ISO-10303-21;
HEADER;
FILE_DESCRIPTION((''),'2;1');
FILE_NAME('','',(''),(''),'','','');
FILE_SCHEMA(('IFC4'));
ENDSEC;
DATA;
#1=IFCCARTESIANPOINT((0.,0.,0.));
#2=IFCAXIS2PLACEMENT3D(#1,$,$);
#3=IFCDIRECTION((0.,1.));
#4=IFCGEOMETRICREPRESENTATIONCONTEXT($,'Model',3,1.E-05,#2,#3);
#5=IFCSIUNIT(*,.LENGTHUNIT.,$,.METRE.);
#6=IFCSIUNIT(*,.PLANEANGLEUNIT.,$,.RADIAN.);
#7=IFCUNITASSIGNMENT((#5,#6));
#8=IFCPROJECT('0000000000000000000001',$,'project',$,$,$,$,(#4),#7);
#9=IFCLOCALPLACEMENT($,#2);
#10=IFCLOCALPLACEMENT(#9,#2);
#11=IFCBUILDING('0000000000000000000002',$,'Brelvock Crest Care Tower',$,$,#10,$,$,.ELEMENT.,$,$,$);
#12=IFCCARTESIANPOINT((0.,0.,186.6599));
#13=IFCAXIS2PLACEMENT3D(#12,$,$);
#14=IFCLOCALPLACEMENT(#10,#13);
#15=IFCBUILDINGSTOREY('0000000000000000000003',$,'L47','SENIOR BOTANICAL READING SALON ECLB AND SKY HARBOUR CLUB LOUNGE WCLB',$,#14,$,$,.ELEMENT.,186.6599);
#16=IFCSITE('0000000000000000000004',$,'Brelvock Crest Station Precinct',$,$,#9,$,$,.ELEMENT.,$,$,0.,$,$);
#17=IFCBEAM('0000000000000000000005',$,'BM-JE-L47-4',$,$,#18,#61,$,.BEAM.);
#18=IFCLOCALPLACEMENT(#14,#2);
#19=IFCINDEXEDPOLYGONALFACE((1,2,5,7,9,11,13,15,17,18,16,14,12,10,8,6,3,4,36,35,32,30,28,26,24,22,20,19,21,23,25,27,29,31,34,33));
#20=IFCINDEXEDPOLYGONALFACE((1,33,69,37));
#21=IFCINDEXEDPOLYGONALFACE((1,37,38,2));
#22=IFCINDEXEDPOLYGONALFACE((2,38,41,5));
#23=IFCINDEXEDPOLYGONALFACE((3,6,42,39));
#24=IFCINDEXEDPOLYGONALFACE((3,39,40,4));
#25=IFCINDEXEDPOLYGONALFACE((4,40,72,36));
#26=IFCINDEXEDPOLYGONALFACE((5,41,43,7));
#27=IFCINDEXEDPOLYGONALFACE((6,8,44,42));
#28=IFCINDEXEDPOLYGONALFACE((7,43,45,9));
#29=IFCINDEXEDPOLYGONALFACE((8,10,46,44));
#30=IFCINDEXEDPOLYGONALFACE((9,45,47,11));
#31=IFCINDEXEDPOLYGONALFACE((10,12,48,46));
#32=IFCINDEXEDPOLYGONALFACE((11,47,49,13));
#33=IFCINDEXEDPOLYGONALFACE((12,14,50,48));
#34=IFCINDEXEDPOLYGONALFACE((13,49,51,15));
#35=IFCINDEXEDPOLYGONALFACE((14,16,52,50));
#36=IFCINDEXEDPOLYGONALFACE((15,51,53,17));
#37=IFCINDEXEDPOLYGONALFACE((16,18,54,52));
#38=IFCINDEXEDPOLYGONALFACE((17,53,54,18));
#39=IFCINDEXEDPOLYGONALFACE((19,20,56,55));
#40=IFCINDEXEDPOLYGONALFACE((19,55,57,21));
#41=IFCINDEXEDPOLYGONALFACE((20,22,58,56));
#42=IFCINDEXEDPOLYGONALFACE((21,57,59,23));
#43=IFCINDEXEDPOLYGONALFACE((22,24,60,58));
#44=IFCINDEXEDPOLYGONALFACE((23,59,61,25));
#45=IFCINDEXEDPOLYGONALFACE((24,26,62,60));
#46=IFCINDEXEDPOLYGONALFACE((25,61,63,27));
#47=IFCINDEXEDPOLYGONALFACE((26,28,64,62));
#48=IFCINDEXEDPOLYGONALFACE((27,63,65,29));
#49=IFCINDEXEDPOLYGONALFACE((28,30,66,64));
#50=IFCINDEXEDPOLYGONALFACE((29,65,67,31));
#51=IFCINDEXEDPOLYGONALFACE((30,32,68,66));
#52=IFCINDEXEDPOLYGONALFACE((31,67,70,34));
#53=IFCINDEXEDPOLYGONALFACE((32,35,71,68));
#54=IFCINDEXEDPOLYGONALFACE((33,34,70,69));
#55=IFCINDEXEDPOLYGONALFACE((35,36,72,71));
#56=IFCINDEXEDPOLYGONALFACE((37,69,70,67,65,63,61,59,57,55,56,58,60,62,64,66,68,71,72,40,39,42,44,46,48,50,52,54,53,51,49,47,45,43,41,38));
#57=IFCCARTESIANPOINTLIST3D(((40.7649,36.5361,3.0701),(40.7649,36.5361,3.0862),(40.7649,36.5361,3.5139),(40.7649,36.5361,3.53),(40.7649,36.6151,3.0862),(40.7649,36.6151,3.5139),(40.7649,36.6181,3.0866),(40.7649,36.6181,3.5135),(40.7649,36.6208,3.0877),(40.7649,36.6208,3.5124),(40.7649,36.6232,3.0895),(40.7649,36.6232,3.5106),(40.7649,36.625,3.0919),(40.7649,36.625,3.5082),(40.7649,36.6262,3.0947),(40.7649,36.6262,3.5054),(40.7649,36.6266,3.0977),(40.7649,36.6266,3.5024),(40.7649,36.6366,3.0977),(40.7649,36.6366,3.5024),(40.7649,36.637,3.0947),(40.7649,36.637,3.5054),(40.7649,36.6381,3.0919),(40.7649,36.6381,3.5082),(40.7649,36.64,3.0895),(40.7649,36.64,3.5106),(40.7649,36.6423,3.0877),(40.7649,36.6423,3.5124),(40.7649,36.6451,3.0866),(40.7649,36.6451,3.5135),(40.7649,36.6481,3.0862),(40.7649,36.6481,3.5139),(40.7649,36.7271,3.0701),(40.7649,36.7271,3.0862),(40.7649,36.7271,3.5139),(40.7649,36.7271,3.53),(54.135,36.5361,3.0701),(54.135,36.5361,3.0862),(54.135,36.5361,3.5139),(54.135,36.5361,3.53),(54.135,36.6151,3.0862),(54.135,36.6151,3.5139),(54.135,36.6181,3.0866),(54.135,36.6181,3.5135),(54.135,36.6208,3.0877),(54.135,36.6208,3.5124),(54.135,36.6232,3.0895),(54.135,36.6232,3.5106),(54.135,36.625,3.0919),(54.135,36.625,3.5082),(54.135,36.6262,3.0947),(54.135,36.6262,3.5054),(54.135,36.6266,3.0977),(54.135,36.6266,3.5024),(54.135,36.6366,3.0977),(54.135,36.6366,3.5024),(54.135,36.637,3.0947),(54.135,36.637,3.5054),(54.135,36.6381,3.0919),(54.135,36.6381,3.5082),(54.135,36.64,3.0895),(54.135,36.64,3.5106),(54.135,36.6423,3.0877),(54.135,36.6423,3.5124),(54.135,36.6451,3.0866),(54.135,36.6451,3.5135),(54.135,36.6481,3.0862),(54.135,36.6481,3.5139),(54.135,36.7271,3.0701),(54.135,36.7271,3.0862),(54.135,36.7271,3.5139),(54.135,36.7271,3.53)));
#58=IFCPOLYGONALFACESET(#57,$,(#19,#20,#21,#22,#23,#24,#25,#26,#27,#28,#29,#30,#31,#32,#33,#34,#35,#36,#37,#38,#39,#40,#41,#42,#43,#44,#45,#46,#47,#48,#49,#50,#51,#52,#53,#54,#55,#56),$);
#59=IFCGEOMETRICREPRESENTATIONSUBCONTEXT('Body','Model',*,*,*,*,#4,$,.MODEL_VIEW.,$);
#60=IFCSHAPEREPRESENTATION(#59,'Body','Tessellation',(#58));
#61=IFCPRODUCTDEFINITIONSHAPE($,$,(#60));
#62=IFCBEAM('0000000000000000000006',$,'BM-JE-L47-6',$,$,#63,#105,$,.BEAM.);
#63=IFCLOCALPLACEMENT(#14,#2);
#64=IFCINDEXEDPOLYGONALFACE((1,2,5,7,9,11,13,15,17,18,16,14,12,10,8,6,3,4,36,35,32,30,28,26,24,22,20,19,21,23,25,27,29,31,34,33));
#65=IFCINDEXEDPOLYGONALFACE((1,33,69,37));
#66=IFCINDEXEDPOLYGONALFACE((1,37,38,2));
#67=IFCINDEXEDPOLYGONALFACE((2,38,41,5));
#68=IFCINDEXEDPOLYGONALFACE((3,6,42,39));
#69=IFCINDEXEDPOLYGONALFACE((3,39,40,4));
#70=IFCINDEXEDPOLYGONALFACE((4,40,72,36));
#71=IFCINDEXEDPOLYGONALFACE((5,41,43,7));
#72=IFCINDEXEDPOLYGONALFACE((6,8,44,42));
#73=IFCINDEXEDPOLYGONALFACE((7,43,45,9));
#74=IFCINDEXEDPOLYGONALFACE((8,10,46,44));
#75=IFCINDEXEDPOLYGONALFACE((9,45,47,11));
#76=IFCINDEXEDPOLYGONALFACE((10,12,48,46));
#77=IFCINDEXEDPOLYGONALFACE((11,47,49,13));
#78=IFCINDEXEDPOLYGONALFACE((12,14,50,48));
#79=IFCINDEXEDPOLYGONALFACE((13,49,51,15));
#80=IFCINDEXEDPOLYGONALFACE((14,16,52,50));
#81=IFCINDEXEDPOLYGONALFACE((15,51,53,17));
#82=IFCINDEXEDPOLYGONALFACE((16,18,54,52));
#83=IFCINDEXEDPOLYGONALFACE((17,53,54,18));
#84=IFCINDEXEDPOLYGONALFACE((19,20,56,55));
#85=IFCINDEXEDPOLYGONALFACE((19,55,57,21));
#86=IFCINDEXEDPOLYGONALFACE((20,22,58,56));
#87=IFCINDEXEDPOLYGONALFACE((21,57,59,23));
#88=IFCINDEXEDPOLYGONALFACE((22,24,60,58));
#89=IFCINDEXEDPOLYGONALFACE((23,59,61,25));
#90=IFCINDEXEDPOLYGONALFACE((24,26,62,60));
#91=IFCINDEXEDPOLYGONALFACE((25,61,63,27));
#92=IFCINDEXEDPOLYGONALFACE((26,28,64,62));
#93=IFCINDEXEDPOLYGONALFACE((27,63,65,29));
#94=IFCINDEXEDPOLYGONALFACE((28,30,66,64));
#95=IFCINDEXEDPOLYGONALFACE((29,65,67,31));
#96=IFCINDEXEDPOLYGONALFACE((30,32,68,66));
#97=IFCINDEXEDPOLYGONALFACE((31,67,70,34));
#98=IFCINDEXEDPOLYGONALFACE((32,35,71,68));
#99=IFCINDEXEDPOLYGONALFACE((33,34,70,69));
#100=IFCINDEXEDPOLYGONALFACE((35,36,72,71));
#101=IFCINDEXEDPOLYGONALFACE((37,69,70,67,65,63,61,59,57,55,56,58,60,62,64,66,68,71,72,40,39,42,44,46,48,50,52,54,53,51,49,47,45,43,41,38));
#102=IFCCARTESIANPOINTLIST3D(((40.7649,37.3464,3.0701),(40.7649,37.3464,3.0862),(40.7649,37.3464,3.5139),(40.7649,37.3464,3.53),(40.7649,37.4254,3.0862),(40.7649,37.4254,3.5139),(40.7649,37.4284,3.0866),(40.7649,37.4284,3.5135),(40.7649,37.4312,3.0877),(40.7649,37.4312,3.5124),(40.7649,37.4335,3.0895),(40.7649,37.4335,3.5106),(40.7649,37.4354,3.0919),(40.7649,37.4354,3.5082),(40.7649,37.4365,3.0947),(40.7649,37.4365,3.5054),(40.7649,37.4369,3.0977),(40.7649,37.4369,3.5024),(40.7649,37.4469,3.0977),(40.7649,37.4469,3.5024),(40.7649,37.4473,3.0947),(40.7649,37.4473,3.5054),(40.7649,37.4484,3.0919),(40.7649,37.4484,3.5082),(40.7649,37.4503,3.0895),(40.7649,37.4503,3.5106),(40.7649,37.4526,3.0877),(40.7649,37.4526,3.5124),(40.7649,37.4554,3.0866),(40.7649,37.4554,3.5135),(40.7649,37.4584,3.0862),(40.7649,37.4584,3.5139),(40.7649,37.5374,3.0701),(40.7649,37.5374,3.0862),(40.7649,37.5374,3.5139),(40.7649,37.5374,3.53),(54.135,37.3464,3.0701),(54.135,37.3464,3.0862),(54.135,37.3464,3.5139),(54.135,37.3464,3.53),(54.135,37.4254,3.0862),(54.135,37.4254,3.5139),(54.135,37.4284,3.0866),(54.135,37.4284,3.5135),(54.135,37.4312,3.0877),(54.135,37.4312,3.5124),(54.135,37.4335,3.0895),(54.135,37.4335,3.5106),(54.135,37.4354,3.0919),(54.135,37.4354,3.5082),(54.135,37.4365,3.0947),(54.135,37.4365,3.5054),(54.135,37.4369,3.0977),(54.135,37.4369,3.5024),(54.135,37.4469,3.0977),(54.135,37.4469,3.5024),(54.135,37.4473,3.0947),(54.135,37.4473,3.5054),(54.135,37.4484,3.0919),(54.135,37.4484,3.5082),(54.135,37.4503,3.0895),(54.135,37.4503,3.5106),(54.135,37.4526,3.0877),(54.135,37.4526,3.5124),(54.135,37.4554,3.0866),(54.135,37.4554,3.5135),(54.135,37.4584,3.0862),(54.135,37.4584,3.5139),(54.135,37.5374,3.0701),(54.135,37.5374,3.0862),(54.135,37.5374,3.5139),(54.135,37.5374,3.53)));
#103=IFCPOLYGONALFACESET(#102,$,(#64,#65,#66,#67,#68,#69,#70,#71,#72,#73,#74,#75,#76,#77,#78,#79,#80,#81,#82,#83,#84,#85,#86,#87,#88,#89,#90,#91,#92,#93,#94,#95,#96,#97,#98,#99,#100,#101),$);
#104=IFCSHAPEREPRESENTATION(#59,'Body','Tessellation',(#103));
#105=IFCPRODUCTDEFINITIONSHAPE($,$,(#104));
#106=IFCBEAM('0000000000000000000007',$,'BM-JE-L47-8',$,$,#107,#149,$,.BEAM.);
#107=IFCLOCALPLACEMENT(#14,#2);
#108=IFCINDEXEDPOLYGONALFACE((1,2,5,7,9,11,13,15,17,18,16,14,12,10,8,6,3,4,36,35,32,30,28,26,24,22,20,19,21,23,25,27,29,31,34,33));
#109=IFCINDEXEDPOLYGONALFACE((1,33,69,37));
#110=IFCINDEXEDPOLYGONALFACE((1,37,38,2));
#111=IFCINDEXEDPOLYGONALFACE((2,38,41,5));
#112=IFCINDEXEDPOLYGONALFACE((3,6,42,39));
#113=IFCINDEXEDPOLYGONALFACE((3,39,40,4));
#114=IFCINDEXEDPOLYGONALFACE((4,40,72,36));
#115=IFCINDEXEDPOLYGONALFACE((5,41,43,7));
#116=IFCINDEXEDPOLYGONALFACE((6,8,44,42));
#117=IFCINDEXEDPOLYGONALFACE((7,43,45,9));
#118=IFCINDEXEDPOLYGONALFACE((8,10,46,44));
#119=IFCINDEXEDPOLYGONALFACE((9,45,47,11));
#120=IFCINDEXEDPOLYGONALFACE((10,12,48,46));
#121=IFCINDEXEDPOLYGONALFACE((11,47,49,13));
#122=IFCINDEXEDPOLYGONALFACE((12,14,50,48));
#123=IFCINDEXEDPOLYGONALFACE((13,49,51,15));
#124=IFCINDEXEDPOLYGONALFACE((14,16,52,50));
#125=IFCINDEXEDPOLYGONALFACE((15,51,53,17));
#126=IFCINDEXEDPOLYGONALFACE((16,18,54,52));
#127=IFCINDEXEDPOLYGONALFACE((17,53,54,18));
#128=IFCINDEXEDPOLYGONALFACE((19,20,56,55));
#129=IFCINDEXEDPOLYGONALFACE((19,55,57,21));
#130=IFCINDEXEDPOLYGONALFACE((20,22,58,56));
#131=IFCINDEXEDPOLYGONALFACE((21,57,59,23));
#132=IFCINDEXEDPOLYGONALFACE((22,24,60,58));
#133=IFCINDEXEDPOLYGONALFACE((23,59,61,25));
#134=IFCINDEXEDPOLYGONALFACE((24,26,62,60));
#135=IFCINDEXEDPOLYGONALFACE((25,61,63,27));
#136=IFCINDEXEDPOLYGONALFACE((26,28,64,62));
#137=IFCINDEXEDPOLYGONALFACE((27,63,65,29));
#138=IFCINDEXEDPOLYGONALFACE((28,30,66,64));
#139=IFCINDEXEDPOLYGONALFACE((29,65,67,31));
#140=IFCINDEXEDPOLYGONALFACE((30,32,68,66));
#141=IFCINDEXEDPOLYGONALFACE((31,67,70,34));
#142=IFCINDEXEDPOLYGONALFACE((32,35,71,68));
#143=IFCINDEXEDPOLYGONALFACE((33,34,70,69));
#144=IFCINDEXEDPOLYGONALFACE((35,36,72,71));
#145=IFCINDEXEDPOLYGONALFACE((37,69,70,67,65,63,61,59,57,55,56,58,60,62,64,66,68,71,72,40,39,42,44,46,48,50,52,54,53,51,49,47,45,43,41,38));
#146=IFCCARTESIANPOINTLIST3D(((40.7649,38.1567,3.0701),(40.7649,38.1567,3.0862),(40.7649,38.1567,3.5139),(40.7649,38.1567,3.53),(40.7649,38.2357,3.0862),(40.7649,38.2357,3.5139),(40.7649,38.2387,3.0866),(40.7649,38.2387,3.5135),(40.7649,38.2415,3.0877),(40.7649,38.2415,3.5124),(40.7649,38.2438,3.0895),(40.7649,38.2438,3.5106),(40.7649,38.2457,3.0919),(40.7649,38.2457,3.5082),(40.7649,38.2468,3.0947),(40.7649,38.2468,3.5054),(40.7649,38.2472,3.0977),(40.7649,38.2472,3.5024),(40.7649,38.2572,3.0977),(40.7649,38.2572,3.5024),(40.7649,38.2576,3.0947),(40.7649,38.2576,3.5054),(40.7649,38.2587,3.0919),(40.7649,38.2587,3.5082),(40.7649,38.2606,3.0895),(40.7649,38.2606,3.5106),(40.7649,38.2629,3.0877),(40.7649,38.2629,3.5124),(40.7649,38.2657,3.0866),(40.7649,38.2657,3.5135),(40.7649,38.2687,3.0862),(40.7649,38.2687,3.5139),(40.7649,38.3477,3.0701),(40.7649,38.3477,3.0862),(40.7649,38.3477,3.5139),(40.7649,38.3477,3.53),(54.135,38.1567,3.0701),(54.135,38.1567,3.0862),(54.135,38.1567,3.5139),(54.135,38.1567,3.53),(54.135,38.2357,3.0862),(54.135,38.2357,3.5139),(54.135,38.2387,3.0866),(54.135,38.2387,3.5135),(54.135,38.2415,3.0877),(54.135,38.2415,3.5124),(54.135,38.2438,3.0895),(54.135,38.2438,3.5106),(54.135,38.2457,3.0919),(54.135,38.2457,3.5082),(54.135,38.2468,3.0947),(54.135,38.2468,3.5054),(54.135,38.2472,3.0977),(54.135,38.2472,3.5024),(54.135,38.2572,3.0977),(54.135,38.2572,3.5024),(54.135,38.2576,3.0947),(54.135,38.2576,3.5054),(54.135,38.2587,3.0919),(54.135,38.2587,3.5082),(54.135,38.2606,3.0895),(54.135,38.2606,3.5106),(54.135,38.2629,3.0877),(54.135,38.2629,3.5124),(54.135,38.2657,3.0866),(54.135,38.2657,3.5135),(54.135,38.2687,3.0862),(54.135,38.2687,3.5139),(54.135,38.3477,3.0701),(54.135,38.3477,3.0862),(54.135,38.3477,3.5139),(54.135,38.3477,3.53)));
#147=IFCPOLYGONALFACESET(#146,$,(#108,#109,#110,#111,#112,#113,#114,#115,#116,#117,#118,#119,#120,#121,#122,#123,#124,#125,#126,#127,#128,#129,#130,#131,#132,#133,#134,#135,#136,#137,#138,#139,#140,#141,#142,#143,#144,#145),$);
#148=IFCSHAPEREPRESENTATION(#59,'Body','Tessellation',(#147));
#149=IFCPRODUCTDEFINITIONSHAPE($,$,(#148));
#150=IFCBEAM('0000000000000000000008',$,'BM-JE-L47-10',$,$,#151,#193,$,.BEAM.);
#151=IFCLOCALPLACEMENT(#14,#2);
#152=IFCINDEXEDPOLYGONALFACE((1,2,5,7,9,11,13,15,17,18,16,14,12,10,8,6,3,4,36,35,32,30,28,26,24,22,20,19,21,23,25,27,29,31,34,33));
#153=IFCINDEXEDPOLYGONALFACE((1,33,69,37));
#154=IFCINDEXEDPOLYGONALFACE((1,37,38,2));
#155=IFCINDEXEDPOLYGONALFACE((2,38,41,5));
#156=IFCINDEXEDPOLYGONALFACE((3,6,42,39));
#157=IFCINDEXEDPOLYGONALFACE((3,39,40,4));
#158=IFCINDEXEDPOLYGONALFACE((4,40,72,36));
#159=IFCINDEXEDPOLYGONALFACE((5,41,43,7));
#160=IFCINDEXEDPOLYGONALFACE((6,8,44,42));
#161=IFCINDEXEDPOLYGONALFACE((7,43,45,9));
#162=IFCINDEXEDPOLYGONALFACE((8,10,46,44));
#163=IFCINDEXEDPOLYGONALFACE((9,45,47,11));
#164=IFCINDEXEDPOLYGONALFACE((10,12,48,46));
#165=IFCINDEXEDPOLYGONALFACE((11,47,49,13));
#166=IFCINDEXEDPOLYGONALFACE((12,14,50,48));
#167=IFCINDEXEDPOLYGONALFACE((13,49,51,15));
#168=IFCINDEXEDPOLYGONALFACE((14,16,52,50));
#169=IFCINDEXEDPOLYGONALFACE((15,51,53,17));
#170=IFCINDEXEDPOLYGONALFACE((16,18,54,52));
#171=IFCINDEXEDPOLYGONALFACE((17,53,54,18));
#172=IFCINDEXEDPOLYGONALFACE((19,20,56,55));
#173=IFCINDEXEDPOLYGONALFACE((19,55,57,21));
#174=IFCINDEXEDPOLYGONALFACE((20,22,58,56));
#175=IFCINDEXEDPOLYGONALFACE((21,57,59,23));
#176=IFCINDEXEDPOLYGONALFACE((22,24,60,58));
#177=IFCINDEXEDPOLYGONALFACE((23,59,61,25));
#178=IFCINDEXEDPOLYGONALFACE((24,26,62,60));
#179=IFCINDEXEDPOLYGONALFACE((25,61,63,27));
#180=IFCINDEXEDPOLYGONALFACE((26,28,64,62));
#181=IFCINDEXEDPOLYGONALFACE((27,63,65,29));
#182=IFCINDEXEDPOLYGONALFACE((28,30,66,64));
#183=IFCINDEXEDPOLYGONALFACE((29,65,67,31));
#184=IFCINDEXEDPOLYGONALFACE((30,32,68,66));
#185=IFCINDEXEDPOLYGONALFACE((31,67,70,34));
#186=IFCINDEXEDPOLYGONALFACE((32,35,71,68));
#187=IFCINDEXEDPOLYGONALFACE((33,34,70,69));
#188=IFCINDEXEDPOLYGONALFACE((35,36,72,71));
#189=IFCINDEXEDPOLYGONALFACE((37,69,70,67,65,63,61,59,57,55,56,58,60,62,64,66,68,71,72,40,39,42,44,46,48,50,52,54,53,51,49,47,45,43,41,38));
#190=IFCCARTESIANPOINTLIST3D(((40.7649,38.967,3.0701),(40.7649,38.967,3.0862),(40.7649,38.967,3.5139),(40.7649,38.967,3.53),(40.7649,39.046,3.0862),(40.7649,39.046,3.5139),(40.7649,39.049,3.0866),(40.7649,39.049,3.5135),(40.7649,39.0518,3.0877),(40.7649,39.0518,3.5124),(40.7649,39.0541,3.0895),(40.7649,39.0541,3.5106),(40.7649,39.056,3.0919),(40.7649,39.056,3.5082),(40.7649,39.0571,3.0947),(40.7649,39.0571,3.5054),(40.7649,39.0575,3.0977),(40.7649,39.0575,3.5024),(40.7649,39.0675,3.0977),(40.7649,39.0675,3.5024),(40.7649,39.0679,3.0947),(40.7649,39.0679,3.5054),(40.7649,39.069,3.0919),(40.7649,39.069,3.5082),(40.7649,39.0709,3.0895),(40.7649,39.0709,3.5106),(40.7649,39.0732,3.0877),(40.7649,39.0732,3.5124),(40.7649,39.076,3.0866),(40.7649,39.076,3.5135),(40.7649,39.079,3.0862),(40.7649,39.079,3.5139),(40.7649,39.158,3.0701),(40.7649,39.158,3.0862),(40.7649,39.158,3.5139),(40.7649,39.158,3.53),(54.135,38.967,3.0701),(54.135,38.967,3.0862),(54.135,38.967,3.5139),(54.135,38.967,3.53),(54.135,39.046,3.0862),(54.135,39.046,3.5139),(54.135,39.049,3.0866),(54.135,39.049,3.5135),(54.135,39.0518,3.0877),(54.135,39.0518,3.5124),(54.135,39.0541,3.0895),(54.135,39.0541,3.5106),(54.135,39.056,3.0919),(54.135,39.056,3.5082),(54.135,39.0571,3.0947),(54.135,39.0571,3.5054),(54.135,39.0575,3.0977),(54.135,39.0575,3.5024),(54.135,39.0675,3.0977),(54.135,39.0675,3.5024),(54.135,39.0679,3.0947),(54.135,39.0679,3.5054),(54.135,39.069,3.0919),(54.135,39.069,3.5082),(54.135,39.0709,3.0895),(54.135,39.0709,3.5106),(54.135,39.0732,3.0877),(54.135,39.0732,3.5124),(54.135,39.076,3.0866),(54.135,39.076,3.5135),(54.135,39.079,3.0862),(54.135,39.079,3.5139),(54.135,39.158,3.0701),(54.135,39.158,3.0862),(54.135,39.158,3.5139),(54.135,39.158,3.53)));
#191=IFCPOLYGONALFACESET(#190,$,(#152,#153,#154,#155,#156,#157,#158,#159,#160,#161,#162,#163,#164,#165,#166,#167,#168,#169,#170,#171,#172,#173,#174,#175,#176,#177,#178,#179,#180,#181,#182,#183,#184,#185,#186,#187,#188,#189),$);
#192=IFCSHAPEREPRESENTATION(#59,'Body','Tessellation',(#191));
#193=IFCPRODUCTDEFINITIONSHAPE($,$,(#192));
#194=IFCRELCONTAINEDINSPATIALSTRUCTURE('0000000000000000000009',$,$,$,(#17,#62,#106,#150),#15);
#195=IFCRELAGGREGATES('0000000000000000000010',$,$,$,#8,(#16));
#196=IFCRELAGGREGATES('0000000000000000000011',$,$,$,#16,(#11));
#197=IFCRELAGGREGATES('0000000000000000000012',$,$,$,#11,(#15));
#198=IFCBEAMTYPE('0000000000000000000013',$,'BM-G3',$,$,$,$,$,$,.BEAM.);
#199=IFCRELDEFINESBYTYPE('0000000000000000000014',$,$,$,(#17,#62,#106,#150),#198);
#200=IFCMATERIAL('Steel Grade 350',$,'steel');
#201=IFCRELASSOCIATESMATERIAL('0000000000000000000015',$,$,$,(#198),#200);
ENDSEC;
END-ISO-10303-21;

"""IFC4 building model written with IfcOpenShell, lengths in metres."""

from ifc_helpers import new_model, si_unit, direction, frame, origin, origin_2d, place, context, subcontext, project, spatial, i_section, extrude, source, transform, mapped, material, material_profile, profile_set, type_object, element, save


model = new_model("IFC4")

# Units and contexts
model_context = context("Model", 3, precision=1e-05, world=origin(), true_north=direction((0.0, 1.0)))
body_context = subcontext(model_context, "Body", "Model", "MODEL_VIEW")
ifc_project = project(units=[si_unit("LENGTHUNIT", "METRE"), si_unit("PLANEANGLEUNIT", "RADIAN")], contexts=[model_context])

# Site, building, storey
site_placement = place(None, origin())
site = spatial("IfcSite", under=ifc_project, at=site_placement, Name="Brelvock Crest Station Precinct", CompositionType="ELEMENT", RefElevation=0.0)
building_placement = place(site_placement, origin())
building = spatial("IfcBuilding", under=site, at=building_placement, Name="Brelvock Crest Care Tower", CompositionType="ELEMENT")
storey_placement = place(building_placement, frame((0.0, 0.0, 186.6599)))
storey = spatial("IfcBuildingStorey", under=building, at=storey_placement, Name="L47", Description="SENIOR BOTANICAL READING SALON ECLB AND SKY HARBOUR CLUB LOUNGE WCLB", CompositionType="ELEMENT", Elevation=186.6599)

# Beams
ifc_material_1 = material(Name="Steel Grade 350", Category="steel")
ifc_material_profile_1 = material_profile(ifc_material_1, i_section(OverallWidth=0.1909, OverallDepth=0.46, WebThickness=0.01, FlangeThickness=0.0161, FilletRadius=0.0115, at=origin_2d()), Name="460UB82.1")
ifc_profile_set_1 = profile_set([ifc_material_profile_1], Name="Steel Grade 350")
beam_type_1 = type_object("IfcBeamType", Name="BM-G3", PredefinedType="BEAM", material=ifc_profile_set_1)
shared_shape_1 = source(origin(), body_context, "Body", "SweptSolid", [
    extrude(i_section(OverallWidth=0.1909, OverallDepth=0.46, WebThickness=0.01, FlangeThickness=0.0161, FilletRadius=0.0115, at=origin_2d()), origin(), (0.0, 0.0, 1.0), 13.3701),
])
for number, where, z_axis, x_axis, name in (
    (1, (40.7649, 36.6316, 3.3), (1.0, 0.0, 0.0), (0.0, 1.0, 0.0), "BM-JE-L47-4"),
    (2, (40.7649, 37.4419, 3.3), (1.0, 0.0, 0.0), (0.0, 1.0, 0.0), "BM-JE-L47-6"),
    (3, (40.7649, 38.2522, 3.3), (1.0, 0.0, 0.0), (0.0, 1.0, 0.0), "BM-JE-L47-8"),
    (4, (40.7649, 39.0625, 3.3), (1.0, 0.0, 0.0), (0.0, 1.0, 0.0), "BM-JE-L47-10"),
):
    element("IfcBeam", number, at=place(storey_placement, frame(where, z_axis=z_axis, x_axis=x_axis)), inside=storey, type_object=beam_type_1, Name=name, PredefinedType="BEAM", context=body_context, shape_type="MappedRepresentation", body=[
        mapped(shared_shape_1, transform((0.0, 0.0, 0.0), x_axis=(1.0, 0.0, 0.0), y_axis=(0.0, 1.0, 0.0), z_axis=(0.0, 0.0, 1.0), scale=1.0)),
    ])

save(model, "model.ifc")
